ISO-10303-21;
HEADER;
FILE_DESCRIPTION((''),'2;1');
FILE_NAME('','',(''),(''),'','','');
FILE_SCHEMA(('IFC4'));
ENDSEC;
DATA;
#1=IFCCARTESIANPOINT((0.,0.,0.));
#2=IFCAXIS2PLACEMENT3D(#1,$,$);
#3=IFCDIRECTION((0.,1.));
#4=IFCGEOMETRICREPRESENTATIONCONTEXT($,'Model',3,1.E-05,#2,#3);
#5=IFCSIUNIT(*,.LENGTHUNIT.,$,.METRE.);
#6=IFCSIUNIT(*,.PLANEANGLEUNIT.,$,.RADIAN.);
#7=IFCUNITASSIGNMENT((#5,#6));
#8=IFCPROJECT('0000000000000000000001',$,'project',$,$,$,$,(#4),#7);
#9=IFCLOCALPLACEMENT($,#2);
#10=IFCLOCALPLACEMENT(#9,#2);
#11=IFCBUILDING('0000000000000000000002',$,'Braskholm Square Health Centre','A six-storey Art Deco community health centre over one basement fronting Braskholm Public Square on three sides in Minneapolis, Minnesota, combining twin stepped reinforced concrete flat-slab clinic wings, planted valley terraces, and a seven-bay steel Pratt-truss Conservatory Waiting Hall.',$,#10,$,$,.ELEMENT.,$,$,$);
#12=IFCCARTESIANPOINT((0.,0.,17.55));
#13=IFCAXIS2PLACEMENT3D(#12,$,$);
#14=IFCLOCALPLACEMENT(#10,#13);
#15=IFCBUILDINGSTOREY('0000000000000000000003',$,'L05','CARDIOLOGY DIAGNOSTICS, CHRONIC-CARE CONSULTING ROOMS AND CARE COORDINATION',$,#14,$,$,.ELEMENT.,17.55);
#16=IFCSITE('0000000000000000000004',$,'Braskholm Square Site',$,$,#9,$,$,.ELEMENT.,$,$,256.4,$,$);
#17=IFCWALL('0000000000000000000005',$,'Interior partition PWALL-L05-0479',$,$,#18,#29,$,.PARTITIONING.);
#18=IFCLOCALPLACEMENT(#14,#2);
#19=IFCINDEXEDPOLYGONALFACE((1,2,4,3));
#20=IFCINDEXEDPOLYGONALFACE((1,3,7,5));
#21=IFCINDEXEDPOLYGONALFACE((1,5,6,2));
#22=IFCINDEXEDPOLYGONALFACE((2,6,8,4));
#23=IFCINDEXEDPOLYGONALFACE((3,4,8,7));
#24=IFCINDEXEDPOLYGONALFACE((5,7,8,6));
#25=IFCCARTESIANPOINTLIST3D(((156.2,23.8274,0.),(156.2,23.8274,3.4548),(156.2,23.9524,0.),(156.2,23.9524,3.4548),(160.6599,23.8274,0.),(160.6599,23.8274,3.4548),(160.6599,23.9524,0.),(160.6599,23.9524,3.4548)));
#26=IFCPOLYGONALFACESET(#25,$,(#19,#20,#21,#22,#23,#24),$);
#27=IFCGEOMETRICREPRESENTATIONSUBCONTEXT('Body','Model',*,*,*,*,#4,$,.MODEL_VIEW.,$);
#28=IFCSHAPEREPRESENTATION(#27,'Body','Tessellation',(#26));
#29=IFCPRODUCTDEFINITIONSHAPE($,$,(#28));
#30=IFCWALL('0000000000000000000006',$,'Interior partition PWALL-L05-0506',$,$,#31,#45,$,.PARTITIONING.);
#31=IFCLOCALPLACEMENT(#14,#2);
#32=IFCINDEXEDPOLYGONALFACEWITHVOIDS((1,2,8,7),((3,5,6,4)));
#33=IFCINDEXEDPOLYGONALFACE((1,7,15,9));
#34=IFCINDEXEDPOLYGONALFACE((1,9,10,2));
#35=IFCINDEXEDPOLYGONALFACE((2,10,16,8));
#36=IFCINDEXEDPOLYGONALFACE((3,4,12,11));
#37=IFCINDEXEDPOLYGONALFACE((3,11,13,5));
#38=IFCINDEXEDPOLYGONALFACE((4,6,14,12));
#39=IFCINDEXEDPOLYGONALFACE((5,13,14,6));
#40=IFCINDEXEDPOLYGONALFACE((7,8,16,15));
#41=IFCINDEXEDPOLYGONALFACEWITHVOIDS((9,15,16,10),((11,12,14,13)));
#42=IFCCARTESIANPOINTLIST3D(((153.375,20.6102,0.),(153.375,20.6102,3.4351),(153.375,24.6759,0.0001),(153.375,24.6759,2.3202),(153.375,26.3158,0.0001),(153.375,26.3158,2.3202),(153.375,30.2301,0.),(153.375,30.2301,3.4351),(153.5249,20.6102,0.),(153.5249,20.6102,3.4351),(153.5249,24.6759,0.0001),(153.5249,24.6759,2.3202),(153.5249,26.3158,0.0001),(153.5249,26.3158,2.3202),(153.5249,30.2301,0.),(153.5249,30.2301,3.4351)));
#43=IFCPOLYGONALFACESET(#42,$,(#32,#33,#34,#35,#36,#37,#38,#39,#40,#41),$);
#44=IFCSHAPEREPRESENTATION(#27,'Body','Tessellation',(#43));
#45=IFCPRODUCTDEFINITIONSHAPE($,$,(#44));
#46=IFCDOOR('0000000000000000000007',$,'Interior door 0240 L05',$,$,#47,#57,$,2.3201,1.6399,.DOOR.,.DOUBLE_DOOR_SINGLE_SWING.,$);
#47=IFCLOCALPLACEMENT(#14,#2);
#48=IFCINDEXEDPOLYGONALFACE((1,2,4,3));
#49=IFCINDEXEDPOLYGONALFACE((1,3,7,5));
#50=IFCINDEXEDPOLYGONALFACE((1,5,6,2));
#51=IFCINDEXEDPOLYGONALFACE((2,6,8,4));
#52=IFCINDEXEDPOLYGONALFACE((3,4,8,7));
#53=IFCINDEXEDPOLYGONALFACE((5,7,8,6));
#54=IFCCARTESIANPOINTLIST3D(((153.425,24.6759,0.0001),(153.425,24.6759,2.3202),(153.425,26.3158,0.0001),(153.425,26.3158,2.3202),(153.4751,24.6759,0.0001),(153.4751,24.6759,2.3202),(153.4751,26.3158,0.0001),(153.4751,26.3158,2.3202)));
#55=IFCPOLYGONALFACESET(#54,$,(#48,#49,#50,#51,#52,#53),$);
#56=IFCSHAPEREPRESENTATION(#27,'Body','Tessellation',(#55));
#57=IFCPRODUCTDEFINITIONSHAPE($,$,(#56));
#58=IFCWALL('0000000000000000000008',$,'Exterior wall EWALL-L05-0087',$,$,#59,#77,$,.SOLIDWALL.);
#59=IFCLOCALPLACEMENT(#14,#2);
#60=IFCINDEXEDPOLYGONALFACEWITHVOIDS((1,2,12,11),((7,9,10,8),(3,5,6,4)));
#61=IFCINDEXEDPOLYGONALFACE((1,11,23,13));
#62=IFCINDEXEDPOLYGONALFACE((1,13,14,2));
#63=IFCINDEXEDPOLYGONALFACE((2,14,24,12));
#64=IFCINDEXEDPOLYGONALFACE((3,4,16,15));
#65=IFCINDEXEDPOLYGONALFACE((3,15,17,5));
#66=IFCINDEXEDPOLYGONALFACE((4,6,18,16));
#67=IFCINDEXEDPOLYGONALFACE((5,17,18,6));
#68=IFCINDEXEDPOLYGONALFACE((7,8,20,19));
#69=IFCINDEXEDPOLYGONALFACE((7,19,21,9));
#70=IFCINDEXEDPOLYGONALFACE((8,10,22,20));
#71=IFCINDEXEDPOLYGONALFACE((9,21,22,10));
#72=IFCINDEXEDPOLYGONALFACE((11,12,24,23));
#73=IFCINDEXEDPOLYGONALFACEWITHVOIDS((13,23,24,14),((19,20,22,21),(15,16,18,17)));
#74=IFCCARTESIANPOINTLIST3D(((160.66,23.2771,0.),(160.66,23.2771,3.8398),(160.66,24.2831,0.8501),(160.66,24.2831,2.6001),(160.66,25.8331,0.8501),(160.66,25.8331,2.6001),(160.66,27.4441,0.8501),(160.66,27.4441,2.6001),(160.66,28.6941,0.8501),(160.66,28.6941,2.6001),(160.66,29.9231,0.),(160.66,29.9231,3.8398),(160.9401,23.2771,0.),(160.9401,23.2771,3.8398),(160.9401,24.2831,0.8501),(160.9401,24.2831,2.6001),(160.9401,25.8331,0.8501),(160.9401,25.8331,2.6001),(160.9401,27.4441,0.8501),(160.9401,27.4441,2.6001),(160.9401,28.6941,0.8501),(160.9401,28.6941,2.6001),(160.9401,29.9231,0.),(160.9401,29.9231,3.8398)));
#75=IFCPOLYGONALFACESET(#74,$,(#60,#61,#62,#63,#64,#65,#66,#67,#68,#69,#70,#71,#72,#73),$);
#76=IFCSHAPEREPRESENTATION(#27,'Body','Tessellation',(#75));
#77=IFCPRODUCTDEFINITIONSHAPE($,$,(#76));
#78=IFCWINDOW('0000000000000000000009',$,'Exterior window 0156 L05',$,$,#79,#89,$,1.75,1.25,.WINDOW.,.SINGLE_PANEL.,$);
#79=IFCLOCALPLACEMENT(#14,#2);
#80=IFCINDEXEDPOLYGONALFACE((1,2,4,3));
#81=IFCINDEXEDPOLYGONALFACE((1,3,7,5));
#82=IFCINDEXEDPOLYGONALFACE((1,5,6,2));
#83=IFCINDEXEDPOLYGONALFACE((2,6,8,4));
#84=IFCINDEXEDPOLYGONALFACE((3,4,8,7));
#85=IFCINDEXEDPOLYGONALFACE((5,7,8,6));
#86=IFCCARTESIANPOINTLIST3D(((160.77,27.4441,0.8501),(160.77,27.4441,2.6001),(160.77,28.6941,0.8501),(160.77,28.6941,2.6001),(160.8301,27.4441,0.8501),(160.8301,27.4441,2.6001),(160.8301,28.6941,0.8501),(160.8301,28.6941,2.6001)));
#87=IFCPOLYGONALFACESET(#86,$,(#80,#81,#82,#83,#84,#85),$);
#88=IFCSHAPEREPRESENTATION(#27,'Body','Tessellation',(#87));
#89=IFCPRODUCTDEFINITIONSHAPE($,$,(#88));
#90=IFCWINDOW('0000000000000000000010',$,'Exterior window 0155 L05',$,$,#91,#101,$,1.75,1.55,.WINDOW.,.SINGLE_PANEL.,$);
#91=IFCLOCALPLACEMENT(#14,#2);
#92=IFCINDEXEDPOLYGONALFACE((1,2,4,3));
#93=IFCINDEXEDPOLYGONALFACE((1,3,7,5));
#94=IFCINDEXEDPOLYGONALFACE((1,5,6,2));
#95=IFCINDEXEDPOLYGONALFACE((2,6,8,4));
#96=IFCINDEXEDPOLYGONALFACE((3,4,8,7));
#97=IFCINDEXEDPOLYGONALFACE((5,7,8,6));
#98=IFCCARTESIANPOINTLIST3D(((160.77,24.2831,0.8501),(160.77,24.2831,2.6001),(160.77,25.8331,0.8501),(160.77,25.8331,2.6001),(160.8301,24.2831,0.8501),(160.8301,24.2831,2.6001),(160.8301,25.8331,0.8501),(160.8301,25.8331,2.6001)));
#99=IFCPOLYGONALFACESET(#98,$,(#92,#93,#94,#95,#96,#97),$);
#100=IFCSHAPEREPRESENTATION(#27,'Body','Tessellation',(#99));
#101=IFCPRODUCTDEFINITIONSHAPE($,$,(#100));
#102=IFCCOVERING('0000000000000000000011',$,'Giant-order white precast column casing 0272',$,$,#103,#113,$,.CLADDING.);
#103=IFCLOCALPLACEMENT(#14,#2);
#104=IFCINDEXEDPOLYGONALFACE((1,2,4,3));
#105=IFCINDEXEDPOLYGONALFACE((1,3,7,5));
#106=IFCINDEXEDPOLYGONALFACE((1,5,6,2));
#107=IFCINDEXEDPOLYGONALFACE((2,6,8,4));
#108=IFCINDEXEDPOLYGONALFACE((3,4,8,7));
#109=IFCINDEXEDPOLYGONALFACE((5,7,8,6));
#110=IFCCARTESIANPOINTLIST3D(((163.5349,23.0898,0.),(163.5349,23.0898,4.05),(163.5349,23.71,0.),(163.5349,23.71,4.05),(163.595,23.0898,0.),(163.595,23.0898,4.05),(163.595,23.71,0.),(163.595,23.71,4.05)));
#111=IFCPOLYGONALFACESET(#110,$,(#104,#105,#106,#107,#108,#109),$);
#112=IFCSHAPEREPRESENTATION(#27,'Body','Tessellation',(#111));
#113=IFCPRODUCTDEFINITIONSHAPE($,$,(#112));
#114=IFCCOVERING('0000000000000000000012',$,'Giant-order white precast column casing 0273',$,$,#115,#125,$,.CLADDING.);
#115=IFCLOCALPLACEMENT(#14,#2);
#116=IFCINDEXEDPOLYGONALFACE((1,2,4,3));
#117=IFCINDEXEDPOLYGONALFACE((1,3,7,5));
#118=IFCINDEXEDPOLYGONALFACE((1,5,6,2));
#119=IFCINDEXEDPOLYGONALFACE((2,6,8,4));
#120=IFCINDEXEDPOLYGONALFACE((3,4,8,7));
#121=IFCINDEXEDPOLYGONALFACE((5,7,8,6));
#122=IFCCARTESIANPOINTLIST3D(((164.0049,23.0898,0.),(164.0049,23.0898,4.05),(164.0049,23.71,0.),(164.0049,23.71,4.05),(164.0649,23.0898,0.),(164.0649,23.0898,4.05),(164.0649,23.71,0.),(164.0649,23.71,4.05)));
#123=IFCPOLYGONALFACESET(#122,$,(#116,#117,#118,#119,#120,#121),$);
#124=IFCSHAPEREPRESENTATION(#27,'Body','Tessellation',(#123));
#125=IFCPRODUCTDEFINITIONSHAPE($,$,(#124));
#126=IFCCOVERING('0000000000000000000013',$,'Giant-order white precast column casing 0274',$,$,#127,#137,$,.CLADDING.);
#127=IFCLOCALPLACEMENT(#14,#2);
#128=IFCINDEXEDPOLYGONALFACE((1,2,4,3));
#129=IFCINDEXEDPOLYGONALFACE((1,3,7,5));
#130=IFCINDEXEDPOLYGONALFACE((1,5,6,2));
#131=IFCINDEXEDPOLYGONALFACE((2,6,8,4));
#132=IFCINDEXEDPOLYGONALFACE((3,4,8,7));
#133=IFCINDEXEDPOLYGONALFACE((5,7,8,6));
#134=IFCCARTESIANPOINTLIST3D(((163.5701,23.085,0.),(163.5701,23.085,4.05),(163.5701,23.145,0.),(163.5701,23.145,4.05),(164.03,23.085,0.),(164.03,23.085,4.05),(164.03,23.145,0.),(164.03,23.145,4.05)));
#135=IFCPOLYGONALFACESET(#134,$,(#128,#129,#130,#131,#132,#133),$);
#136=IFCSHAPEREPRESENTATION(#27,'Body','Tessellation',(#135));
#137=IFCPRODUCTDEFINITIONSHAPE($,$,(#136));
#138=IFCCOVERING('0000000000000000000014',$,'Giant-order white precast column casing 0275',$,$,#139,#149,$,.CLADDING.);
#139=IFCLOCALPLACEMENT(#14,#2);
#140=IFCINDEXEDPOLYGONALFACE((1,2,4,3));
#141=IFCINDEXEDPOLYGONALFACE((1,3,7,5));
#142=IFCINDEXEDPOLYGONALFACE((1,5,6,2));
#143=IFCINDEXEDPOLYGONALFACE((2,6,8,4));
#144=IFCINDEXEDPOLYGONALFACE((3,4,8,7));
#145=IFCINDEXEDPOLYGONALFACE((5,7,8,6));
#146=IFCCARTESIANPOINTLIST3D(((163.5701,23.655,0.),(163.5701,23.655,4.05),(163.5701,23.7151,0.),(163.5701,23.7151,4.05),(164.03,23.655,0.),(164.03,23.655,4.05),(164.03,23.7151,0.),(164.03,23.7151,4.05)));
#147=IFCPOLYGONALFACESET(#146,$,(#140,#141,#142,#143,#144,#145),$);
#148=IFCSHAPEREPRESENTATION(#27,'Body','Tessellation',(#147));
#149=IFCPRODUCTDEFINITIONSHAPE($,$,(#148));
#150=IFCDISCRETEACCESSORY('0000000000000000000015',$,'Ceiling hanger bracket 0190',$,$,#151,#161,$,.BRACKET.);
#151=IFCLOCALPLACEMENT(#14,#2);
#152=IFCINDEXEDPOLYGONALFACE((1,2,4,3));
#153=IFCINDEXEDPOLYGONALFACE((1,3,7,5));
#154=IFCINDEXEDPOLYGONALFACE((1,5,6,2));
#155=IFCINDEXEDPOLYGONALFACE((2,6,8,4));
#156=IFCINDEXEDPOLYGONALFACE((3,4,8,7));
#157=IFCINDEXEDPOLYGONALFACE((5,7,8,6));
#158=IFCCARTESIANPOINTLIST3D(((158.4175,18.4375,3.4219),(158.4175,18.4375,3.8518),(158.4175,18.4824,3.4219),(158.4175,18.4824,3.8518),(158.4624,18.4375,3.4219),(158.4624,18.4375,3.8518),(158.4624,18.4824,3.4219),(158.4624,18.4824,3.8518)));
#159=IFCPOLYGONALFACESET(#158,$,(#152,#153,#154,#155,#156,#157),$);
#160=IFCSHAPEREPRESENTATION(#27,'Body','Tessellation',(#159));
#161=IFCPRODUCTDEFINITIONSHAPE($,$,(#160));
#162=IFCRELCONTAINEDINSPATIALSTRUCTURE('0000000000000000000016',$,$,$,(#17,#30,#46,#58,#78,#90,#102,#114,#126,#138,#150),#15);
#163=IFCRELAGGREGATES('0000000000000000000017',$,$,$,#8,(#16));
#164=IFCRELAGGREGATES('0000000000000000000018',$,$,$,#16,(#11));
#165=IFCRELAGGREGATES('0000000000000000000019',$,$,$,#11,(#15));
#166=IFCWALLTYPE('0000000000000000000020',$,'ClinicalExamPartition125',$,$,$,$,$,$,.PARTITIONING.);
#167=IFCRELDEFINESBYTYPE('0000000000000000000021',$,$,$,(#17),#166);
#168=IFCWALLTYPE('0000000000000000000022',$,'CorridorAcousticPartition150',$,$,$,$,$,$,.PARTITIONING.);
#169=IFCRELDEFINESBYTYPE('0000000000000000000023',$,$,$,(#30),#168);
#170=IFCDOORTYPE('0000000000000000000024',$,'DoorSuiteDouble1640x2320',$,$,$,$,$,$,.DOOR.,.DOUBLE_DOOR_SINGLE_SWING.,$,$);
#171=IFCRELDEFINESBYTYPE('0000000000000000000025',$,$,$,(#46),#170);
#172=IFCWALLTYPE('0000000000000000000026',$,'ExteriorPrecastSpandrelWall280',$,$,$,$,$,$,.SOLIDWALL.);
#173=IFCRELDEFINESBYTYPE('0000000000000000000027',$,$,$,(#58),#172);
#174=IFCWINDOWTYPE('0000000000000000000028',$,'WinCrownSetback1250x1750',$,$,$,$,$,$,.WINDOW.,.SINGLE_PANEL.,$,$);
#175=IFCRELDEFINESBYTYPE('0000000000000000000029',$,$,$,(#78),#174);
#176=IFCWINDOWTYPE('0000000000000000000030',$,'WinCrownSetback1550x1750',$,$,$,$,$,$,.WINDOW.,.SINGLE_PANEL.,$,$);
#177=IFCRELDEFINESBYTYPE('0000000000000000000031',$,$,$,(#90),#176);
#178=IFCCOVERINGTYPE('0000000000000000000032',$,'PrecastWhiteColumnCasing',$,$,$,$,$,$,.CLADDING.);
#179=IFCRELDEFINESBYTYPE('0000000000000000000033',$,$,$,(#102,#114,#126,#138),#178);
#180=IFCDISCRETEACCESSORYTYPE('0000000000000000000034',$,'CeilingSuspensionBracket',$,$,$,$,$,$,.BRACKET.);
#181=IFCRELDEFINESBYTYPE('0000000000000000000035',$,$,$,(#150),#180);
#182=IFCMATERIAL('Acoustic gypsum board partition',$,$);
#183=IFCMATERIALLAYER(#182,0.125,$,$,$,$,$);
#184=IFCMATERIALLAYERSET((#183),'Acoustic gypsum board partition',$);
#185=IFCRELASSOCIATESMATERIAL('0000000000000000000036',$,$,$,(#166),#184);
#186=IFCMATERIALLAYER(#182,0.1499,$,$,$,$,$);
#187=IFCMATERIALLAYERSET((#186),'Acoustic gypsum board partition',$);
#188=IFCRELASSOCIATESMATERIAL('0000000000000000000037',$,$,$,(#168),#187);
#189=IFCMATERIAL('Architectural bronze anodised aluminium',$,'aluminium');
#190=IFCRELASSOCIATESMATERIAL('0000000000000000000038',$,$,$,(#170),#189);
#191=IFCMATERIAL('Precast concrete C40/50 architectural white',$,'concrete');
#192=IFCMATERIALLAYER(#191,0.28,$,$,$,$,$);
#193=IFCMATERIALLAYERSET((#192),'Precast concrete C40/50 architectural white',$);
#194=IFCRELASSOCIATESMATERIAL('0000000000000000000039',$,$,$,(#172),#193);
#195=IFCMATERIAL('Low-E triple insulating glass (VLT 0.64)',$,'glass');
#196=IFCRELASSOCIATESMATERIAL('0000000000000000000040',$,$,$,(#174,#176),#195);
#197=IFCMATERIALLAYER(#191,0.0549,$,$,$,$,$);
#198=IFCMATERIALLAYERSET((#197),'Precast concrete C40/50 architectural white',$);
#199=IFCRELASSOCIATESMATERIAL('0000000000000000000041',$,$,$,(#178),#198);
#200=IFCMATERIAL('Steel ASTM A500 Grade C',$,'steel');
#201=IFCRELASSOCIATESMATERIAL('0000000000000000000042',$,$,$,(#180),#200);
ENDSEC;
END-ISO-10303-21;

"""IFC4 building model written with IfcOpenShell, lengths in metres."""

from ifc_helpers import new_model, si_unit, direction, frame, frame_2d, origin, origin_with_axes, origin_2d, place, context, subcontext, project, spatial, rectangle, extrude, material, layer, layer_set, type_object, element, fill, save


model = new_model("IFC4")

# Units and contexts
model_context = context("Model", 3, precision=1e-05, world=origin(), true_north=direction((0.0, 1.0)))
body_context = subcontext(model_context, "Body", "Model", "MODEL_VIEW")
ifc_project = project(units=[si_unit("LENGTHUNIT", "METRE"), si_unit("PLANEANGLEUNIT", "RADIAN")], contexts=[model_context])

# Site, building, storey
site_placement = place(None, origin())
site = spatial("IfcSite", under=ifc_project, at=site_placement, Name="Braskholm Square Site", CompositionType="ELEMENT", RefElevation=256.4)
building_placement = place(site_placement, origin())
building = spatial("IfcBuilding", under=site, at=building_placement, Name="Braskholm Square Health Centre", Description="A six-storey Art Deco community health centre over one basement fronting Braskholm Public Square on three sides in Minneapolis, Minnesota, combining twin stepped reinforced concrete flat-slab clinic wings, planted valley terraces, and a seven-bay steel Pratt-truss Conservatory Waiting Hall.", CompositionType="ELEMENT")
storey_placement = place(building_placement, frame((0.0, 0.0, 17.55)))
storey = spatial("IfcBuildingStorey", under=building, at=storey_placement, Name="L05", Description="CARDIOLOGY DIAGNOSTICS, CHRONIC-CARE CONSULTING ROOMS AND CARE COORDINATION", CompositionType="ELEMENT", Elevation=17.55)

# Shared definitions
ifc_material_1 = material(Name="Precast concrete C40/50 architectural white", Category="concrete")

# Shared definitions
ifc_material_2 = material(Name="Low-E triple insulating glass (VLT 0.64)", Category="glass")
ifc_material_3 = material(Name="Architectural bronze anodised aluminium", Category="aluminium")

# Wall
ifc_material_4 = material(Name="Acoustic gypsum board partition")
ifc_layer_1 = layer(ifc_material_4, 0.125)
ifc_layer_set_1 = layer_set([ifc_layer_1], Name="Acoustic gypsum board partition")
wall_type_1 = type_object("IfcWallType", Name="ClinicalExamPartition125", PredefinedType="PARTITIONING", material=ifc_layer_set_1)
wall_1_placement = place(storey_placement, frame((156.2, 23.8899, 0.0), z_axis=(0.0, 0.0, 1.0), x_axis=(1.0, 0.0, 0.0)))
element("IfcWall", 1, at=wall_1_placement, inside=storey, type_object=wall_type_1, Name="Interior partition PWALL-L05-0479", PredefinedType="PARTITIONING", context=body_context, shape_type="SweptSolid", body=[
    extrude(rectangle(XDim=4.46, YDim=0.125, at=frame_2d((2.23, 0.0))), origin(), (0.0, 0.0, 1.0), 3.4548),
])

# Wall, opening, door
ifc_layer_2 = layer(ifc_material_4, 0.1499)
ifc_layer_set_2 = layer_set([ifc_layer_2], Name="Acoustic gypsum board partition")
wall_type_2 = type_object("IfcWallType", Name="CorridorAcousticPartition150", PredefinedType="PARTITIONING", material=ifc_layer_set_2)
wall_2_placement = place(storey_placement, frame((153.45, 20.6101, 0.0), z_axis=(0.0, 0.0, 1.0), x_axis=(0.0, 1.0, 0.0)))
wall_2 = element("IfcWall", 2, at=wall_2_placement, inside=storey, type_object=wall_type_2, Name="Interior partition PWALL-L05-0506", PredefinedType="PARTITIONING", context=body_context, shape_type="SweptSolid", body=[
    extrude(rectangle(XDim=9.6199, YDim=0.1499, at=frame_2d((4.8101, 0.0))), origin(), (0.0, 0.0, 1.0), 3.4351),
])
opening_1_placement = place(wall_2_placement, frame((4.0659, 0.0, 0.0)))
opening_1 = element("IfcOpeningElement", 3, at=opening_1_placement, cuts=wall_2, PredefinedType="OPENING", context=body_context, shape_type="SweptSolid", body=[
    extrude(rectangle(XDim=1.6399, YDim=2.3201, at=frame_2d((0.8198, 1.1602))), frame((0.0, 0.085, 0.0), z_axis=(0.0, -1.0, 0.0), x_axis=(1.0, 0.0, 0.0)), (0.0, 0.0, 1.0), 0.1699),
])
door_type = type_object("IfcDoorType", Name="DoorSuiteDouble1640x2320", OperationType="DOUBLE_DOOR_SINGLE_SWING", PredefinedType="DOOR", material=ifc_material_3)
door_placement = place(opening_1_placement, origin_with_axes())
door = element("IfcDoor", 4, at=door_placement, inside=storey, type_object=door_type, Name="Interior door 0240 L05", OperationType="DOUBLE_DOOR_SINGLE_SWING", OverallHeight=2.3201, OverallWidth=1.6399, PredefinedType="DOOR", context=body_context, shape_type="SweptSolid", body=[
    extrude(rectangle(XDim=1.6399, YDim=2.3201, at=frame_2d((0.8198, 1.1602))), frame((0.0, 0.0249, 0.0), z_axis=(0.0, -1.0, 0.0), x_axis=(1.0, 0.0, 0.0)), (0.0, 0.0, 1.0), 0.05),
])
fill(opening_1, door)

# Wall, openings, windows
ifc_layer_3 = layer(ifc_material_1, 0.28)
ifc_layer_set_3 = layer_set([ifc_layer_3], Name="Precast concrete C40/50 architectural white")
wall_type_3 = type_object("IfcWallType", Name="ExteriorPrecastSpandrelWall280", PredefinedType="SOLIDWALL", material=ifc_layer_set_3)
wall_3_placement = place(storey_placement, frame((160.8, 23.2771, 0.0), z_axis=(0.0, 0.0, 1.0), x_axis=(0.0, 1.0, 0.0)))
wall_3 = element("IfcWall", 5, at=wall_3_placement, inside=storey, type_object=wall_type_3, Name="Exterior wall EWALL-L05-0087", PredefinedType="SOLIDWALL", context=body_context, shape_type="SweptSolid", body=[
    extrude(rectangle(XDim=6.646, YDim=0.28, at=frame_2d((3.323, 0.0))), origin(), (0.0, 0.0, 1.0), 3.8398),
])
opening_2_placement = place(wall_3_placement, frame((1.0061, 0.0, 0.8501)))
opening_2 = element("IfcOpeningElement", 6, at=opening_2_placement, cuts=wall_3, PredefinedType="OPENING", context=body_context, shape_type="SweptSolid", body=[
    extrude(rectangle(XDim=1.55, YDim=1.75, at=frame_2d((0.7749, 0.875))), frame((0.0, 0.1499, 0.0), z_axis=(0.0, -1.0, 0.0), x_axis=(1.0, 0.0, 0.0)), (0.0, 0.0, 1.0), 0.3),
])
opening_3_placement = place(wall_3_placement, frame((4.167, 0.0, 0.8501)))
opening_3 = element("IfcOpeningElement", 7, at=opening_3_placement, cuts=wall_3, PredefinedType="OPENING", context=body_context, shape_type="SweptSolid", body=[
    extrude(rectangle(XDim=1.25, YDim=1.75, at=frame_2d((0.625, 0.875))), frame((0.0, 0.1499, 0.0), z_axis=(0.0, -1.0, 0.0), x_axis=(1.0, 0.0, 0.0)), (0.0, 0.0, 1.0), 0.3),
])
window_type_1 = type_object("IfcWindowType", Name="WinCrownSetback1250x1750", PartitioningType="SINGLE_PANEL", PredefinedType="WINDOW", material=ifc_material_2)
window_1_placement = place(opening_3_placement, origin_with_axes())
window_1 = element("IfcWindow", 8, at=window_1_placement, inside=storey, type_object=window_type_1, Name="Exterior window 0156 L05", OverallHeight=1.75, OverallWidth=1.25, PartitioningType="SINGLE_PANEL", PredefinedType="WINDOW", context=body_context, shape_type="SweptSolid", body=[
    extrude(rectangle(XDim=1.25, YDim=1.75, at=frame_2d((0.625, 0.875))), frame((0.0, 0.03, 0.0), z_axis=(0.0, -1.0, 0.0), x_axis=(1.0, 0.0, 0.0)), (0.0, 0.0, 1.0), 0.0601),
])
fill(opening_3, window_1)
window_type_2 = type_object("IfcWindowType", Name="WinCrownSetback1550x1750", PartitioningType="SINGLE_PANEL", PredefinedType="WINDOW", material=ifc_material_2)
window_2_placement = place(opening_2_placement, origin_with_axes())
window_2 = element("IfcWindow", 9, at=window_2_placement, inside=storey, type_object=window_type_2, Name="Exterior window 0155 L05", OverallHeight=1.75, OverallWidth=1.55, PartitioningType="SINGLE_PANEL", PredefinedType="WINDOW", context=body_context, shape_type="SweptSolid", body=[
    extrude(rectangle(XDim=1.55, YDim=1.75, at=frame_2d((0.7749, 0.875))), frame((0.0, 0.03, 0.0), z_axis=(0.0, -1.0, 0.0), x_axis=(1.0, 0.0, 0.0)), (0.0, 0.0, 1.0), 0.0601),
])
fill(opening_2, window_2)

# Coverings
ifc_layer_4 = layer(ifc_material_1, 0.0549)
ifc_layer_set_4 = layer_set([ifc_layer_4], Name="Precast concrete C40/50 architectural white")
covering_type = type_object("IfcCoveringType", Name="PrecastWhiteColumnCasing", PredefinedType="CLADDING", material=ifc_layer_set_4)
for number, where, z_axis, x_axis, name in (
    (10, (163.5649, 23.3999, 0.0), (0.0, 0.0, 1.0), (1.0, 0.0, 0.0), "Giant-order white precast column casing 0272"),
    (11, (164.0349, 23.3999, 0.0), (0.0, 0.0, 1.0), (1.0, 0.0, 0.0), "Giant-order white precast column casing 0273"),
):
    element("IfcCovering", number, at=place(storey_placement, frame(where, z_axis=z_axis, x_axis=x_axis)), inside=storey, type_object=covering_type, Name=name, PredefinedType="CLADDING", context=body_context, shape_type="SweptSolid", body=[
        extrude(rectangle(XDim=0.0601, YDim=0.6201, at=origin_2d()), origin(), (0.0, 0.0, 1.0), 4.05),
    ])
for number, where, z_axis, x_axis, name in (
    (12, (163.8, 23.115, 0.0), (0.0, 0.0, 1.0), (1.0, 0.0, 0.0), "Giant-order white precast column casing 0274"),
    (13, (163.8, 23.6851, 0.0), (0.0, 0.0, 1.0), (1.0, 0.0, 0.0), "Giant-order white precast column casing 0275"),
):
    element("IfcCovering", number, at=place(storey_placement, frame(where, z_axis=z_axis, x_axis=x_axis)), inside=storey, type_object=covering_type, Name=name, PredefinedType="CLADDING", context=body_context, shape_type="SweptSolid", body=[
        extrude(rectangle(XDim=0.46, YDim=0.0601, at=origin_2d()), origin(), (0.0, 0.0, 1.0), 4.05),
    ])

# Discrete accessory
ifc_material_5 = material(Name="Steel ASTM A500 Grade C", Category="steel")
discrete_accessory_type = type_object("IfcDiscreteAccessoryType", Name="CeilingSuspensionBracket", PredefinedType="BRACKET", material=ifc_material_5)
discrete_accessory_placement = place(storey_placement, frame((158.4399, 18.46, 3.4219), z_axis=(0.0, 0.0, 1.0), x_axis=(1.0, 0.0, 0.0)))
element("IfcDiscreteAccessory", 14, at=discrete_accessory_placement, inside=storey, type_object=discrete_accessory_type, Name="Ceiling hanger bracket 0190", PredefinedType="BRACKET", context=body_context, shape_type="SweptSolid", body=[
    extrude(rectangle(XDim=0.0449, YDim=0.0449, at=origin_2d()), origin(), (0.0, 0.0, 1.0), 0.4299),
])

save(model, "model.ifc")
